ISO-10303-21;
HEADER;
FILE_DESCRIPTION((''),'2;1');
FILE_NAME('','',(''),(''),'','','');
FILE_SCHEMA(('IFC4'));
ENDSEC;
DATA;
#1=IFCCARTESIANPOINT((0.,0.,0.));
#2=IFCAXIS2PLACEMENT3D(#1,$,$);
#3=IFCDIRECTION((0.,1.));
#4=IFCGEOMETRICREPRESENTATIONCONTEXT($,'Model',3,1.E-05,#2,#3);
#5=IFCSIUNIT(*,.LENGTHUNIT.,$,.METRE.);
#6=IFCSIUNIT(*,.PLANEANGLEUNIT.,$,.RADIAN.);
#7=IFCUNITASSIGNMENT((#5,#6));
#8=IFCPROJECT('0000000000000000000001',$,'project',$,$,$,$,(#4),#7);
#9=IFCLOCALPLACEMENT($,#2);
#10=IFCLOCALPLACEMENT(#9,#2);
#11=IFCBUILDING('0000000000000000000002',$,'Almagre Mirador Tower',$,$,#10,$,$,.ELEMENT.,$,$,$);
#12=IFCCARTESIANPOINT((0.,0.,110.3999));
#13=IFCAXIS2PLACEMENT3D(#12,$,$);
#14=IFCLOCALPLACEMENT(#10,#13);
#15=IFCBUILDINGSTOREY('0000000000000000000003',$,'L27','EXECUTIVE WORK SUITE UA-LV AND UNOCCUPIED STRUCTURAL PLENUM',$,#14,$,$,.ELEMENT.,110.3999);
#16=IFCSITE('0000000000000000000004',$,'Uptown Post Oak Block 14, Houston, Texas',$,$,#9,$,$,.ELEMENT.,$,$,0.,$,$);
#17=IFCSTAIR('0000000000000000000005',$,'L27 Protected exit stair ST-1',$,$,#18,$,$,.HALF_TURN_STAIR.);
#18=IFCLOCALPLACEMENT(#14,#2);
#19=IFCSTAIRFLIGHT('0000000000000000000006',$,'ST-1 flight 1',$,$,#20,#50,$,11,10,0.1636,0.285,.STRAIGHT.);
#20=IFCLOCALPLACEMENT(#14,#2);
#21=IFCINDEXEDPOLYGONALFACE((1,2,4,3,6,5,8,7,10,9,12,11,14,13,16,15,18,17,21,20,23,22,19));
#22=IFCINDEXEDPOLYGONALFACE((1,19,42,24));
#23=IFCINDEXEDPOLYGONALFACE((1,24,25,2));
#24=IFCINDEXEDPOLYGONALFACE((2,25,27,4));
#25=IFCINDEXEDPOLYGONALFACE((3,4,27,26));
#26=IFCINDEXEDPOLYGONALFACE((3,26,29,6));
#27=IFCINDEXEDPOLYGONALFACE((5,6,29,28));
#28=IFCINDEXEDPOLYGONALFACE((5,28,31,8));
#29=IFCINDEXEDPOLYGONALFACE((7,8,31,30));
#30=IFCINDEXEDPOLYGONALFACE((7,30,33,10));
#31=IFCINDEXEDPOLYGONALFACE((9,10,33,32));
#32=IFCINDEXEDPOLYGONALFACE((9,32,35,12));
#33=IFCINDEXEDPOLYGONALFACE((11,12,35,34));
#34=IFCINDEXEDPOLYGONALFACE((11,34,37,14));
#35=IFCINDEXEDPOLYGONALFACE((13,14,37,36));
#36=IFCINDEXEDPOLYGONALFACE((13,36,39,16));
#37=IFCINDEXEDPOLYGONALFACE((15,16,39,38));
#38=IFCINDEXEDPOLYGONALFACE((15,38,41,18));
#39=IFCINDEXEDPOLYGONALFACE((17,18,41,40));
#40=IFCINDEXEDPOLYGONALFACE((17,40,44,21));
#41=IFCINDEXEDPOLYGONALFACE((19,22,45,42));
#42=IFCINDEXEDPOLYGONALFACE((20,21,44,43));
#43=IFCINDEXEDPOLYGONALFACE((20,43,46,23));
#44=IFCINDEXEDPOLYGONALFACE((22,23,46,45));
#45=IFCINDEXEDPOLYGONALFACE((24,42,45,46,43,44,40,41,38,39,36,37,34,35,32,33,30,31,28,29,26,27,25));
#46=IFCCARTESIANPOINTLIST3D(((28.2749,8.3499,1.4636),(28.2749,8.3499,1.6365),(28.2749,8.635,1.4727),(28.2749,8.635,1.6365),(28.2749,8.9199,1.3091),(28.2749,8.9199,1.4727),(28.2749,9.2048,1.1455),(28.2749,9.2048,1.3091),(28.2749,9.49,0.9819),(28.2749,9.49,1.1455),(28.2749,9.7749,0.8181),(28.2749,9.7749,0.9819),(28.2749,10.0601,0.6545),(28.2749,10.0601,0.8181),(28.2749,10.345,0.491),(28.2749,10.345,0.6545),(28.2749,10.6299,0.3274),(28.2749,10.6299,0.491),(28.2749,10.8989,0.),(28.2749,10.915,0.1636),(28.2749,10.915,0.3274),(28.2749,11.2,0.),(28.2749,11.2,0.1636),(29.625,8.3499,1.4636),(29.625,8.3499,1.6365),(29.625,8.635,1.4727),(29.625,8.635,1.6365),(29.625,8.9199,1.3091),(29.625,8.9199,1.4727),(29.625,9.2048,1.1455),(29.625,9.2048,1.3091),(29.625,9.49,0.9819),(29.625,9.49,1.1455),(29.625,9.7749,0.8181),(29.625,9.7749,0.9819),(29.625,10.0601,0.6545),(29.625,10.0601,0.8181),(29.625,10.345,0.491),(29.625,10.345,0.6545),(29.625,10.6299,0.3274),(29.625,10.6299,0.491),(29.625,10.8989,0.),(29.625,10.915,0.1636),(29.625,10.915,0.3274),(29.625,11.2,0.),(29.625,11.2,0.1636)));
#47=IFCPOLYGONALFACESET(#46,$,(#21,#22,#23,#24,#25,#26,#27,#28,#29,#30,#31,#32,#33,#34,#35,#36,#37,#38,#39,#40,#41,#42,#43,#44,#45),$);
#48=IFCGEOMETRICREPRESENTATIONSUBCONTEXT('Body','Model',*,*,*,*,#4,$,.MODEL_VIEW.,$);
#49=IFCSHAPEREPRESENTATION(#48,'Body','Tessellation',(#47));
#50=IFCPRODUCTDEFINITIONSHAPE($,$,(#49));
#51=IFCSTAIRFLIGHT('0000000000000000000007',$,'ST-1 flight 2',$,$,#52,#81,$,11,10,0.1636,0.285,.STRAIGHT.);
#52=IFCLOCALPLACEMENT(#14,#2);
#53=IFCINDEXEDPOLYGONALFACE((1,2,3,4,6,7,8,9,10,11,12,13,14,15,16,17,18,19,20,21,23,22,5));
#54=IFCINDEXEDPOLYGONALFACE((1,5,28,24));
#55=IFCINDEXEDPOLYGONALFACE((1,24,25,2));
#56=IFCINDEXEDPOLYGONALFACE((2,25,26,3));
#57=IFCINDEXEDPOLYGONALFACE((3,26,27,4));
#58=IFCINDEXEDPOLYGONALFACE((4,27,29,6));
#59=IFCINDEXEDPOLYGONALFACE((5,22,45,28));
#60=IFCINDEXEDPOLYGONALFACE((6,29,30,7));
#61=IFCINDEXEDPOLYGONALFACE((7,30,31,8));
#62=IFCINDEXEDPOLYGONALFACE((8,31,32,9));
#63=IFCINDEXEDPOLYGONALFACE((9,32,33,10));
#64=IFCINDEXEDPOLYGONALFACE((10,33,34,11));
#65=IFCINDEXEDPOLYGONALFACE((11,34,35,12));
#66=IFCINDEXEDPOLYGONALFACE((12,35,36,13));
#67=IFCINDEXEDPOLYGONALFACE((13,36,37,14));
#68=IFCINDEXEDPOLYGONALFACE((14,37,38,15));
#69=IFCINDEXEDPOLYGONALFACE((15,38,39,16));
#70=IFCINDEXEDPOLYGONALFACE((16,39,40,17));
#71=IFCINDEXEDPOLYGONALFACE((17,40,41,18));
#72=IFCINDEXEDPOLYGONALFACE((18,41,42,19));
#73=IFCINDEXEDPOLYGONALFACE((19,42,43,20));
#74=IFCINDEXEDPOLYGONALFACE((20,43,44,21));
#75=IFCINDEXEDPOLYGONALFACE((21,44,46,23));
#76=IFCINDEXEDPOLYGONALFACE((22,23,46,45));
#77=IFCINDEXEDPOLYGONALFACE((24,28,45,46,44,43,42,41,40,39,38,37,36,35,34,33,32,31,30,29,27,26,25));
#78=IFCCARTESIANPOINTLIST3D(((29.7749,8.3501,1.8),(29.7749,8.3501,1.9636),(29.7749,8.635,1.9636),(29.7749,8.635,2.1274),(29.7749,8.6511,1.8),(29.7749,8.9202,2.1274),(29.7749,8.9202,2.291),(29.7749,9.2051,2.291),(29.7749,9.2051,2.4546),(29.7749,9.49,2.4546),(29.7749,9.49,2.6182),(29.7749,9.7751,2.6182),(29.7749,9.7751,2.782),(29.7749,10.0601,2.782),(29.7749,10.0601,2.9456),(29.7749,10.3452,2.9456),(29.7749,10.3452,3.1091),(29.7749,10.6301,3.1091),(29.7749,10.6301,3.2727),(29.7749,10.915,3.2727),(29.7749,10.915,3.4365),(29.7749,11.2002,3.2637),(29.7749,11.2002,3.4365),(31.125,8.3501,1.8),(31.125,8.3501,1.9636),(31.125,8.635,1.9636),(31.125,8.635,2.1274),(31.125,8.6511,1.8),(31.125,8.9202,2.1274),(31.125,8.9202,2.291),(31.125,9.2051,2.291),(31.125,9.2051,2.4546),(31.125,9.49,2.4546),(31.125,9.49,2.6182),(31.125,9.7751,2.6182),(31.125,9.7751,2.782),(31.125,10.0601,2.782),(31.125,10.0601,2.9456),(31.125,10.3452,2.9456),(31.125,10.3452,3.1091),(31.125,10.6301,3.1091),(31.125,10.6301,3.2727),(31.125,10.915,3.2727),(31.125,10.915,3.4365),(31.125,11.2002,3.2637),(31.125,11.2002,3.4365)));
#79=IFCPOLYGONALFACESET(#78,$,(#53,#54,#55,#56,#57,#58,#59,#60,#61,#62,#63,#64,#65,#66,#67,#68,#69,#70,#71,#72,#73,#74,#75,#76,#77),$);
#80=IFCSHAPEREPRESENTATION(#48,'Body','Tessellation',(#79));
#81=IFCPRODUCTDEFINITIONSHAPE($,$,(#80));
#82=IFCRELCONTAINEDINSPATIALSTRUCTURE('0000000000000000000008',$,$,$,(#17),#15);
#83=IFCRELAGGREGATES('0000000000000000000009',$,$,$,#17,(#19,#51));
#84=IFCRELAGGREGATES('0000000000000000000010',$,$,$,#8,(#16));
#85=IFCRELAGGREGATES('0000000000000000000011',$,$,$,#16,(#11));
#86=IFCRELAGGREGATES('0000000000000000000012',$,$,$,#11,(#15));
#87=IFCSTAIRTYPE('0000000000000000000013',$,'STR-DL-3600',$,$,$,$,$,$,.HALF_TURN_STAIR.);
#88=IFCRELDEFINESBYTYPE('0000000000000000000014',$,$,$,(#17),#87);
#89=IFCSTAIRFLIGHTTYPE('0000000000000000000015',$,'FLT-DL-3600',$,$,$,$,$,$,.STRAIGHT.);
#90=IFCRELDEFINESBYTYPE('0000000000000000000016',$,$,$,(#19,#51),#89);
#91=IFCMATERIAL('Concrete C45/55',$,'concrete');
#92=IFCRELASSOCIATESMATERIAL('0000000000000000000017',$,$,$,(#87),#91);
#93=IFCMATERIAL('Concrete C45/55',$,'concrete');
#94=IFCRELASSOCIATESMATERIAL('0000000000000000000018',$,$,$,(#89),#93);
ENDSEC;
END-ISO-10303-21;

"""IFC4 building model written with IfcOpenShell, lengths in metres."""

from ifc_helpers import new_model, si_unit, direction, frame, origin, place, context, subcontext, project, spatial, polyline, outline, extrude, material, type_object, element, aggregate, save


model = new_model("IFC4")

# Units and contexts
model_context = context("Model", 3, precision=1e-05, world=origin(), true_north=direction((0.0, 1.0)))
body_context = subcontext(model_context, "Body", "Model", "MODEL_VIEW")
ifc_project = project(units=[si_unit("LENGTHUNIT", "METRE"), si_unit("PLANEANGLEUNIT", "RADIAN")], contexts=[model_context])

# Site, building, storey
site_placement = place(None, origin())
site = spatial("IfcSite", under=ifc_project, at=site_placement, Name="Uptown Post Oak Block 14, Houston, Texas", CompositionType="ELEMENT", RefElevation=0.0)
building_placement = place(site_placement, origin())
building = spatial("IfcBuilding", under=site, at=building_placement, Name="Almagre Mirador Tower", CompositionType="ELEMENT")
storey_placement = place(building_placement, frame((0.0, 0.0, 110.3999)))
storey = spatial("IfcBuildingStorey", under=building, at=storey_placement, Name="L27", Description="EXECUTIVE WORK SUITE UA-LV AND UNOCCUPIED STRUCTURAL PLENUM", CompositionType="ELEMENT", Elevation=110.3999)

# Stair, stair flights
ifc_material_1 = material(Name="Concrete C45/55", Category="concrete")
stair_type = type_object("IfcStairType", Name="STR-DL-3600", PredefinedType="HALF_TURN_STAIR", material=ifc_material_1)
stair_placement = place(storey_placement, origin())
stair = element("IfcStair", 1, at=stair_placement, inside=storey, type_object=stair_type, Name="L27 Protected exit stair ST-1", PredefinedType="HALF_TURN_STAIR")
ifc_material_2 = material(Name="Concrete C45/55", Category="concrete")
stair_flight_type = type_object("IfcStairFlightType", Name="FLT-DL-3600", PredefinedType="STRAIGHT", material=ifc_material_2)
stair_flight_1_placement = place(storey_placement, frame((28.95, 11.2, 0.0), z_axis=(0.0, 0.0, 1.0), x_axis=(0.0, -1.0, 0.0)))
stair_flight_1 = element("IfcStairFlight", 2, at=stair_flight_1_placement, type_object=stair_flight_type, Name="ST-1 flight 1", NumberOfRisers=11, NumberOfTreads=10, PredefinedType="STRAIGHT", RiserHeight=0.1636, TreadLength=0.285, context=body_context, shape_type="SweptSolid", body=[
    extrude(outline(polyline([(0.0, 0.0), (0.0, 0.1636), (0.2849, 0.1636), (0.2849, 0.3274), (0.5701, 0.3274), (0.5701, 0.491), (0.855, 0.491), (0.855, 0.6545), (1.1399, 0.6545), (1.1399, 0.8181), (1.425, 0.8181), (1.425, 0.9819), (1.71, 0.9819), (1.71, 1.1455), (1.9951, 1.1455), (1.9951, 1.3091), (2.28, 1.3091), (2.28, 1.4727), (2.5649, 1.4727), (2.5649, 1.6365), (2.8501, 1.6365), (2.8501, 1.8), (2.8501, 1.4636), (0.301, 0.0), (0.0, 0.0)])), frame((0.0, 0.675, 0.0), z_axis=(0.0, -1.0, 0.0), x_axis=(1.0, 0.0, 0.0)), (0.0, 0.0, 1.0), 1.3501),
])
stair_flight_2_placement = place(storey_placement, frame((30.45, 8.3501, 1.8), z_axis=(0.0, 0.0, 1.0), x_axis=(0.0, 1.0, 0.0)))
stair_flight_2 = element("IfcStairFlight", 3, at=stair_flight_2_placement, type_object=stair_flight_type, Name="ST-1 flight 2", NumberOfRisers=11, NumberOfTreads=10, PredefinedType="STRAIGHT", RiserHeight=0.1636, TreadLength=0.285, context=body_context, shape_type="SweptSolid", body=[
    extrude(outline(polyline([(0.0, 0.0), (0.0, 0.1636), (0.2849, 0.1636), (0.2849, 0.3274), (0.5701, 0.3274), (0.5701, 0.491), (0.855, 0.491), (0.855, 0.6545), (1.1399, 0.6545), (1.1399, 0.8181), (1.425, 0.8181), (1.425, 0.9819), (1.71, 0.9819), (1.71, 1.1455), (1.9951, 1.1455), (1.9951, 1.3091), (2.28, 1.3091), (2.28, 1.4727), (2.5649, 1.4727), (2.5649, 1.6365), (2.8501, 1.6365), (2.8501, 1.8), (2.8501, 1.4636), (0.301, 0.0), (0.0, 0.0)])), frame((0.0, 0.675, 0.0), z_axis=(0.0, -1.0, 0.0), x_axis=(1.0, 0.0, 0.0)), (0.0, 0.0, 1.0), 1.3501),
])
aggregate(stair, [stair_flight_1, stair_flight_2])

save(model, "model.ifc")
